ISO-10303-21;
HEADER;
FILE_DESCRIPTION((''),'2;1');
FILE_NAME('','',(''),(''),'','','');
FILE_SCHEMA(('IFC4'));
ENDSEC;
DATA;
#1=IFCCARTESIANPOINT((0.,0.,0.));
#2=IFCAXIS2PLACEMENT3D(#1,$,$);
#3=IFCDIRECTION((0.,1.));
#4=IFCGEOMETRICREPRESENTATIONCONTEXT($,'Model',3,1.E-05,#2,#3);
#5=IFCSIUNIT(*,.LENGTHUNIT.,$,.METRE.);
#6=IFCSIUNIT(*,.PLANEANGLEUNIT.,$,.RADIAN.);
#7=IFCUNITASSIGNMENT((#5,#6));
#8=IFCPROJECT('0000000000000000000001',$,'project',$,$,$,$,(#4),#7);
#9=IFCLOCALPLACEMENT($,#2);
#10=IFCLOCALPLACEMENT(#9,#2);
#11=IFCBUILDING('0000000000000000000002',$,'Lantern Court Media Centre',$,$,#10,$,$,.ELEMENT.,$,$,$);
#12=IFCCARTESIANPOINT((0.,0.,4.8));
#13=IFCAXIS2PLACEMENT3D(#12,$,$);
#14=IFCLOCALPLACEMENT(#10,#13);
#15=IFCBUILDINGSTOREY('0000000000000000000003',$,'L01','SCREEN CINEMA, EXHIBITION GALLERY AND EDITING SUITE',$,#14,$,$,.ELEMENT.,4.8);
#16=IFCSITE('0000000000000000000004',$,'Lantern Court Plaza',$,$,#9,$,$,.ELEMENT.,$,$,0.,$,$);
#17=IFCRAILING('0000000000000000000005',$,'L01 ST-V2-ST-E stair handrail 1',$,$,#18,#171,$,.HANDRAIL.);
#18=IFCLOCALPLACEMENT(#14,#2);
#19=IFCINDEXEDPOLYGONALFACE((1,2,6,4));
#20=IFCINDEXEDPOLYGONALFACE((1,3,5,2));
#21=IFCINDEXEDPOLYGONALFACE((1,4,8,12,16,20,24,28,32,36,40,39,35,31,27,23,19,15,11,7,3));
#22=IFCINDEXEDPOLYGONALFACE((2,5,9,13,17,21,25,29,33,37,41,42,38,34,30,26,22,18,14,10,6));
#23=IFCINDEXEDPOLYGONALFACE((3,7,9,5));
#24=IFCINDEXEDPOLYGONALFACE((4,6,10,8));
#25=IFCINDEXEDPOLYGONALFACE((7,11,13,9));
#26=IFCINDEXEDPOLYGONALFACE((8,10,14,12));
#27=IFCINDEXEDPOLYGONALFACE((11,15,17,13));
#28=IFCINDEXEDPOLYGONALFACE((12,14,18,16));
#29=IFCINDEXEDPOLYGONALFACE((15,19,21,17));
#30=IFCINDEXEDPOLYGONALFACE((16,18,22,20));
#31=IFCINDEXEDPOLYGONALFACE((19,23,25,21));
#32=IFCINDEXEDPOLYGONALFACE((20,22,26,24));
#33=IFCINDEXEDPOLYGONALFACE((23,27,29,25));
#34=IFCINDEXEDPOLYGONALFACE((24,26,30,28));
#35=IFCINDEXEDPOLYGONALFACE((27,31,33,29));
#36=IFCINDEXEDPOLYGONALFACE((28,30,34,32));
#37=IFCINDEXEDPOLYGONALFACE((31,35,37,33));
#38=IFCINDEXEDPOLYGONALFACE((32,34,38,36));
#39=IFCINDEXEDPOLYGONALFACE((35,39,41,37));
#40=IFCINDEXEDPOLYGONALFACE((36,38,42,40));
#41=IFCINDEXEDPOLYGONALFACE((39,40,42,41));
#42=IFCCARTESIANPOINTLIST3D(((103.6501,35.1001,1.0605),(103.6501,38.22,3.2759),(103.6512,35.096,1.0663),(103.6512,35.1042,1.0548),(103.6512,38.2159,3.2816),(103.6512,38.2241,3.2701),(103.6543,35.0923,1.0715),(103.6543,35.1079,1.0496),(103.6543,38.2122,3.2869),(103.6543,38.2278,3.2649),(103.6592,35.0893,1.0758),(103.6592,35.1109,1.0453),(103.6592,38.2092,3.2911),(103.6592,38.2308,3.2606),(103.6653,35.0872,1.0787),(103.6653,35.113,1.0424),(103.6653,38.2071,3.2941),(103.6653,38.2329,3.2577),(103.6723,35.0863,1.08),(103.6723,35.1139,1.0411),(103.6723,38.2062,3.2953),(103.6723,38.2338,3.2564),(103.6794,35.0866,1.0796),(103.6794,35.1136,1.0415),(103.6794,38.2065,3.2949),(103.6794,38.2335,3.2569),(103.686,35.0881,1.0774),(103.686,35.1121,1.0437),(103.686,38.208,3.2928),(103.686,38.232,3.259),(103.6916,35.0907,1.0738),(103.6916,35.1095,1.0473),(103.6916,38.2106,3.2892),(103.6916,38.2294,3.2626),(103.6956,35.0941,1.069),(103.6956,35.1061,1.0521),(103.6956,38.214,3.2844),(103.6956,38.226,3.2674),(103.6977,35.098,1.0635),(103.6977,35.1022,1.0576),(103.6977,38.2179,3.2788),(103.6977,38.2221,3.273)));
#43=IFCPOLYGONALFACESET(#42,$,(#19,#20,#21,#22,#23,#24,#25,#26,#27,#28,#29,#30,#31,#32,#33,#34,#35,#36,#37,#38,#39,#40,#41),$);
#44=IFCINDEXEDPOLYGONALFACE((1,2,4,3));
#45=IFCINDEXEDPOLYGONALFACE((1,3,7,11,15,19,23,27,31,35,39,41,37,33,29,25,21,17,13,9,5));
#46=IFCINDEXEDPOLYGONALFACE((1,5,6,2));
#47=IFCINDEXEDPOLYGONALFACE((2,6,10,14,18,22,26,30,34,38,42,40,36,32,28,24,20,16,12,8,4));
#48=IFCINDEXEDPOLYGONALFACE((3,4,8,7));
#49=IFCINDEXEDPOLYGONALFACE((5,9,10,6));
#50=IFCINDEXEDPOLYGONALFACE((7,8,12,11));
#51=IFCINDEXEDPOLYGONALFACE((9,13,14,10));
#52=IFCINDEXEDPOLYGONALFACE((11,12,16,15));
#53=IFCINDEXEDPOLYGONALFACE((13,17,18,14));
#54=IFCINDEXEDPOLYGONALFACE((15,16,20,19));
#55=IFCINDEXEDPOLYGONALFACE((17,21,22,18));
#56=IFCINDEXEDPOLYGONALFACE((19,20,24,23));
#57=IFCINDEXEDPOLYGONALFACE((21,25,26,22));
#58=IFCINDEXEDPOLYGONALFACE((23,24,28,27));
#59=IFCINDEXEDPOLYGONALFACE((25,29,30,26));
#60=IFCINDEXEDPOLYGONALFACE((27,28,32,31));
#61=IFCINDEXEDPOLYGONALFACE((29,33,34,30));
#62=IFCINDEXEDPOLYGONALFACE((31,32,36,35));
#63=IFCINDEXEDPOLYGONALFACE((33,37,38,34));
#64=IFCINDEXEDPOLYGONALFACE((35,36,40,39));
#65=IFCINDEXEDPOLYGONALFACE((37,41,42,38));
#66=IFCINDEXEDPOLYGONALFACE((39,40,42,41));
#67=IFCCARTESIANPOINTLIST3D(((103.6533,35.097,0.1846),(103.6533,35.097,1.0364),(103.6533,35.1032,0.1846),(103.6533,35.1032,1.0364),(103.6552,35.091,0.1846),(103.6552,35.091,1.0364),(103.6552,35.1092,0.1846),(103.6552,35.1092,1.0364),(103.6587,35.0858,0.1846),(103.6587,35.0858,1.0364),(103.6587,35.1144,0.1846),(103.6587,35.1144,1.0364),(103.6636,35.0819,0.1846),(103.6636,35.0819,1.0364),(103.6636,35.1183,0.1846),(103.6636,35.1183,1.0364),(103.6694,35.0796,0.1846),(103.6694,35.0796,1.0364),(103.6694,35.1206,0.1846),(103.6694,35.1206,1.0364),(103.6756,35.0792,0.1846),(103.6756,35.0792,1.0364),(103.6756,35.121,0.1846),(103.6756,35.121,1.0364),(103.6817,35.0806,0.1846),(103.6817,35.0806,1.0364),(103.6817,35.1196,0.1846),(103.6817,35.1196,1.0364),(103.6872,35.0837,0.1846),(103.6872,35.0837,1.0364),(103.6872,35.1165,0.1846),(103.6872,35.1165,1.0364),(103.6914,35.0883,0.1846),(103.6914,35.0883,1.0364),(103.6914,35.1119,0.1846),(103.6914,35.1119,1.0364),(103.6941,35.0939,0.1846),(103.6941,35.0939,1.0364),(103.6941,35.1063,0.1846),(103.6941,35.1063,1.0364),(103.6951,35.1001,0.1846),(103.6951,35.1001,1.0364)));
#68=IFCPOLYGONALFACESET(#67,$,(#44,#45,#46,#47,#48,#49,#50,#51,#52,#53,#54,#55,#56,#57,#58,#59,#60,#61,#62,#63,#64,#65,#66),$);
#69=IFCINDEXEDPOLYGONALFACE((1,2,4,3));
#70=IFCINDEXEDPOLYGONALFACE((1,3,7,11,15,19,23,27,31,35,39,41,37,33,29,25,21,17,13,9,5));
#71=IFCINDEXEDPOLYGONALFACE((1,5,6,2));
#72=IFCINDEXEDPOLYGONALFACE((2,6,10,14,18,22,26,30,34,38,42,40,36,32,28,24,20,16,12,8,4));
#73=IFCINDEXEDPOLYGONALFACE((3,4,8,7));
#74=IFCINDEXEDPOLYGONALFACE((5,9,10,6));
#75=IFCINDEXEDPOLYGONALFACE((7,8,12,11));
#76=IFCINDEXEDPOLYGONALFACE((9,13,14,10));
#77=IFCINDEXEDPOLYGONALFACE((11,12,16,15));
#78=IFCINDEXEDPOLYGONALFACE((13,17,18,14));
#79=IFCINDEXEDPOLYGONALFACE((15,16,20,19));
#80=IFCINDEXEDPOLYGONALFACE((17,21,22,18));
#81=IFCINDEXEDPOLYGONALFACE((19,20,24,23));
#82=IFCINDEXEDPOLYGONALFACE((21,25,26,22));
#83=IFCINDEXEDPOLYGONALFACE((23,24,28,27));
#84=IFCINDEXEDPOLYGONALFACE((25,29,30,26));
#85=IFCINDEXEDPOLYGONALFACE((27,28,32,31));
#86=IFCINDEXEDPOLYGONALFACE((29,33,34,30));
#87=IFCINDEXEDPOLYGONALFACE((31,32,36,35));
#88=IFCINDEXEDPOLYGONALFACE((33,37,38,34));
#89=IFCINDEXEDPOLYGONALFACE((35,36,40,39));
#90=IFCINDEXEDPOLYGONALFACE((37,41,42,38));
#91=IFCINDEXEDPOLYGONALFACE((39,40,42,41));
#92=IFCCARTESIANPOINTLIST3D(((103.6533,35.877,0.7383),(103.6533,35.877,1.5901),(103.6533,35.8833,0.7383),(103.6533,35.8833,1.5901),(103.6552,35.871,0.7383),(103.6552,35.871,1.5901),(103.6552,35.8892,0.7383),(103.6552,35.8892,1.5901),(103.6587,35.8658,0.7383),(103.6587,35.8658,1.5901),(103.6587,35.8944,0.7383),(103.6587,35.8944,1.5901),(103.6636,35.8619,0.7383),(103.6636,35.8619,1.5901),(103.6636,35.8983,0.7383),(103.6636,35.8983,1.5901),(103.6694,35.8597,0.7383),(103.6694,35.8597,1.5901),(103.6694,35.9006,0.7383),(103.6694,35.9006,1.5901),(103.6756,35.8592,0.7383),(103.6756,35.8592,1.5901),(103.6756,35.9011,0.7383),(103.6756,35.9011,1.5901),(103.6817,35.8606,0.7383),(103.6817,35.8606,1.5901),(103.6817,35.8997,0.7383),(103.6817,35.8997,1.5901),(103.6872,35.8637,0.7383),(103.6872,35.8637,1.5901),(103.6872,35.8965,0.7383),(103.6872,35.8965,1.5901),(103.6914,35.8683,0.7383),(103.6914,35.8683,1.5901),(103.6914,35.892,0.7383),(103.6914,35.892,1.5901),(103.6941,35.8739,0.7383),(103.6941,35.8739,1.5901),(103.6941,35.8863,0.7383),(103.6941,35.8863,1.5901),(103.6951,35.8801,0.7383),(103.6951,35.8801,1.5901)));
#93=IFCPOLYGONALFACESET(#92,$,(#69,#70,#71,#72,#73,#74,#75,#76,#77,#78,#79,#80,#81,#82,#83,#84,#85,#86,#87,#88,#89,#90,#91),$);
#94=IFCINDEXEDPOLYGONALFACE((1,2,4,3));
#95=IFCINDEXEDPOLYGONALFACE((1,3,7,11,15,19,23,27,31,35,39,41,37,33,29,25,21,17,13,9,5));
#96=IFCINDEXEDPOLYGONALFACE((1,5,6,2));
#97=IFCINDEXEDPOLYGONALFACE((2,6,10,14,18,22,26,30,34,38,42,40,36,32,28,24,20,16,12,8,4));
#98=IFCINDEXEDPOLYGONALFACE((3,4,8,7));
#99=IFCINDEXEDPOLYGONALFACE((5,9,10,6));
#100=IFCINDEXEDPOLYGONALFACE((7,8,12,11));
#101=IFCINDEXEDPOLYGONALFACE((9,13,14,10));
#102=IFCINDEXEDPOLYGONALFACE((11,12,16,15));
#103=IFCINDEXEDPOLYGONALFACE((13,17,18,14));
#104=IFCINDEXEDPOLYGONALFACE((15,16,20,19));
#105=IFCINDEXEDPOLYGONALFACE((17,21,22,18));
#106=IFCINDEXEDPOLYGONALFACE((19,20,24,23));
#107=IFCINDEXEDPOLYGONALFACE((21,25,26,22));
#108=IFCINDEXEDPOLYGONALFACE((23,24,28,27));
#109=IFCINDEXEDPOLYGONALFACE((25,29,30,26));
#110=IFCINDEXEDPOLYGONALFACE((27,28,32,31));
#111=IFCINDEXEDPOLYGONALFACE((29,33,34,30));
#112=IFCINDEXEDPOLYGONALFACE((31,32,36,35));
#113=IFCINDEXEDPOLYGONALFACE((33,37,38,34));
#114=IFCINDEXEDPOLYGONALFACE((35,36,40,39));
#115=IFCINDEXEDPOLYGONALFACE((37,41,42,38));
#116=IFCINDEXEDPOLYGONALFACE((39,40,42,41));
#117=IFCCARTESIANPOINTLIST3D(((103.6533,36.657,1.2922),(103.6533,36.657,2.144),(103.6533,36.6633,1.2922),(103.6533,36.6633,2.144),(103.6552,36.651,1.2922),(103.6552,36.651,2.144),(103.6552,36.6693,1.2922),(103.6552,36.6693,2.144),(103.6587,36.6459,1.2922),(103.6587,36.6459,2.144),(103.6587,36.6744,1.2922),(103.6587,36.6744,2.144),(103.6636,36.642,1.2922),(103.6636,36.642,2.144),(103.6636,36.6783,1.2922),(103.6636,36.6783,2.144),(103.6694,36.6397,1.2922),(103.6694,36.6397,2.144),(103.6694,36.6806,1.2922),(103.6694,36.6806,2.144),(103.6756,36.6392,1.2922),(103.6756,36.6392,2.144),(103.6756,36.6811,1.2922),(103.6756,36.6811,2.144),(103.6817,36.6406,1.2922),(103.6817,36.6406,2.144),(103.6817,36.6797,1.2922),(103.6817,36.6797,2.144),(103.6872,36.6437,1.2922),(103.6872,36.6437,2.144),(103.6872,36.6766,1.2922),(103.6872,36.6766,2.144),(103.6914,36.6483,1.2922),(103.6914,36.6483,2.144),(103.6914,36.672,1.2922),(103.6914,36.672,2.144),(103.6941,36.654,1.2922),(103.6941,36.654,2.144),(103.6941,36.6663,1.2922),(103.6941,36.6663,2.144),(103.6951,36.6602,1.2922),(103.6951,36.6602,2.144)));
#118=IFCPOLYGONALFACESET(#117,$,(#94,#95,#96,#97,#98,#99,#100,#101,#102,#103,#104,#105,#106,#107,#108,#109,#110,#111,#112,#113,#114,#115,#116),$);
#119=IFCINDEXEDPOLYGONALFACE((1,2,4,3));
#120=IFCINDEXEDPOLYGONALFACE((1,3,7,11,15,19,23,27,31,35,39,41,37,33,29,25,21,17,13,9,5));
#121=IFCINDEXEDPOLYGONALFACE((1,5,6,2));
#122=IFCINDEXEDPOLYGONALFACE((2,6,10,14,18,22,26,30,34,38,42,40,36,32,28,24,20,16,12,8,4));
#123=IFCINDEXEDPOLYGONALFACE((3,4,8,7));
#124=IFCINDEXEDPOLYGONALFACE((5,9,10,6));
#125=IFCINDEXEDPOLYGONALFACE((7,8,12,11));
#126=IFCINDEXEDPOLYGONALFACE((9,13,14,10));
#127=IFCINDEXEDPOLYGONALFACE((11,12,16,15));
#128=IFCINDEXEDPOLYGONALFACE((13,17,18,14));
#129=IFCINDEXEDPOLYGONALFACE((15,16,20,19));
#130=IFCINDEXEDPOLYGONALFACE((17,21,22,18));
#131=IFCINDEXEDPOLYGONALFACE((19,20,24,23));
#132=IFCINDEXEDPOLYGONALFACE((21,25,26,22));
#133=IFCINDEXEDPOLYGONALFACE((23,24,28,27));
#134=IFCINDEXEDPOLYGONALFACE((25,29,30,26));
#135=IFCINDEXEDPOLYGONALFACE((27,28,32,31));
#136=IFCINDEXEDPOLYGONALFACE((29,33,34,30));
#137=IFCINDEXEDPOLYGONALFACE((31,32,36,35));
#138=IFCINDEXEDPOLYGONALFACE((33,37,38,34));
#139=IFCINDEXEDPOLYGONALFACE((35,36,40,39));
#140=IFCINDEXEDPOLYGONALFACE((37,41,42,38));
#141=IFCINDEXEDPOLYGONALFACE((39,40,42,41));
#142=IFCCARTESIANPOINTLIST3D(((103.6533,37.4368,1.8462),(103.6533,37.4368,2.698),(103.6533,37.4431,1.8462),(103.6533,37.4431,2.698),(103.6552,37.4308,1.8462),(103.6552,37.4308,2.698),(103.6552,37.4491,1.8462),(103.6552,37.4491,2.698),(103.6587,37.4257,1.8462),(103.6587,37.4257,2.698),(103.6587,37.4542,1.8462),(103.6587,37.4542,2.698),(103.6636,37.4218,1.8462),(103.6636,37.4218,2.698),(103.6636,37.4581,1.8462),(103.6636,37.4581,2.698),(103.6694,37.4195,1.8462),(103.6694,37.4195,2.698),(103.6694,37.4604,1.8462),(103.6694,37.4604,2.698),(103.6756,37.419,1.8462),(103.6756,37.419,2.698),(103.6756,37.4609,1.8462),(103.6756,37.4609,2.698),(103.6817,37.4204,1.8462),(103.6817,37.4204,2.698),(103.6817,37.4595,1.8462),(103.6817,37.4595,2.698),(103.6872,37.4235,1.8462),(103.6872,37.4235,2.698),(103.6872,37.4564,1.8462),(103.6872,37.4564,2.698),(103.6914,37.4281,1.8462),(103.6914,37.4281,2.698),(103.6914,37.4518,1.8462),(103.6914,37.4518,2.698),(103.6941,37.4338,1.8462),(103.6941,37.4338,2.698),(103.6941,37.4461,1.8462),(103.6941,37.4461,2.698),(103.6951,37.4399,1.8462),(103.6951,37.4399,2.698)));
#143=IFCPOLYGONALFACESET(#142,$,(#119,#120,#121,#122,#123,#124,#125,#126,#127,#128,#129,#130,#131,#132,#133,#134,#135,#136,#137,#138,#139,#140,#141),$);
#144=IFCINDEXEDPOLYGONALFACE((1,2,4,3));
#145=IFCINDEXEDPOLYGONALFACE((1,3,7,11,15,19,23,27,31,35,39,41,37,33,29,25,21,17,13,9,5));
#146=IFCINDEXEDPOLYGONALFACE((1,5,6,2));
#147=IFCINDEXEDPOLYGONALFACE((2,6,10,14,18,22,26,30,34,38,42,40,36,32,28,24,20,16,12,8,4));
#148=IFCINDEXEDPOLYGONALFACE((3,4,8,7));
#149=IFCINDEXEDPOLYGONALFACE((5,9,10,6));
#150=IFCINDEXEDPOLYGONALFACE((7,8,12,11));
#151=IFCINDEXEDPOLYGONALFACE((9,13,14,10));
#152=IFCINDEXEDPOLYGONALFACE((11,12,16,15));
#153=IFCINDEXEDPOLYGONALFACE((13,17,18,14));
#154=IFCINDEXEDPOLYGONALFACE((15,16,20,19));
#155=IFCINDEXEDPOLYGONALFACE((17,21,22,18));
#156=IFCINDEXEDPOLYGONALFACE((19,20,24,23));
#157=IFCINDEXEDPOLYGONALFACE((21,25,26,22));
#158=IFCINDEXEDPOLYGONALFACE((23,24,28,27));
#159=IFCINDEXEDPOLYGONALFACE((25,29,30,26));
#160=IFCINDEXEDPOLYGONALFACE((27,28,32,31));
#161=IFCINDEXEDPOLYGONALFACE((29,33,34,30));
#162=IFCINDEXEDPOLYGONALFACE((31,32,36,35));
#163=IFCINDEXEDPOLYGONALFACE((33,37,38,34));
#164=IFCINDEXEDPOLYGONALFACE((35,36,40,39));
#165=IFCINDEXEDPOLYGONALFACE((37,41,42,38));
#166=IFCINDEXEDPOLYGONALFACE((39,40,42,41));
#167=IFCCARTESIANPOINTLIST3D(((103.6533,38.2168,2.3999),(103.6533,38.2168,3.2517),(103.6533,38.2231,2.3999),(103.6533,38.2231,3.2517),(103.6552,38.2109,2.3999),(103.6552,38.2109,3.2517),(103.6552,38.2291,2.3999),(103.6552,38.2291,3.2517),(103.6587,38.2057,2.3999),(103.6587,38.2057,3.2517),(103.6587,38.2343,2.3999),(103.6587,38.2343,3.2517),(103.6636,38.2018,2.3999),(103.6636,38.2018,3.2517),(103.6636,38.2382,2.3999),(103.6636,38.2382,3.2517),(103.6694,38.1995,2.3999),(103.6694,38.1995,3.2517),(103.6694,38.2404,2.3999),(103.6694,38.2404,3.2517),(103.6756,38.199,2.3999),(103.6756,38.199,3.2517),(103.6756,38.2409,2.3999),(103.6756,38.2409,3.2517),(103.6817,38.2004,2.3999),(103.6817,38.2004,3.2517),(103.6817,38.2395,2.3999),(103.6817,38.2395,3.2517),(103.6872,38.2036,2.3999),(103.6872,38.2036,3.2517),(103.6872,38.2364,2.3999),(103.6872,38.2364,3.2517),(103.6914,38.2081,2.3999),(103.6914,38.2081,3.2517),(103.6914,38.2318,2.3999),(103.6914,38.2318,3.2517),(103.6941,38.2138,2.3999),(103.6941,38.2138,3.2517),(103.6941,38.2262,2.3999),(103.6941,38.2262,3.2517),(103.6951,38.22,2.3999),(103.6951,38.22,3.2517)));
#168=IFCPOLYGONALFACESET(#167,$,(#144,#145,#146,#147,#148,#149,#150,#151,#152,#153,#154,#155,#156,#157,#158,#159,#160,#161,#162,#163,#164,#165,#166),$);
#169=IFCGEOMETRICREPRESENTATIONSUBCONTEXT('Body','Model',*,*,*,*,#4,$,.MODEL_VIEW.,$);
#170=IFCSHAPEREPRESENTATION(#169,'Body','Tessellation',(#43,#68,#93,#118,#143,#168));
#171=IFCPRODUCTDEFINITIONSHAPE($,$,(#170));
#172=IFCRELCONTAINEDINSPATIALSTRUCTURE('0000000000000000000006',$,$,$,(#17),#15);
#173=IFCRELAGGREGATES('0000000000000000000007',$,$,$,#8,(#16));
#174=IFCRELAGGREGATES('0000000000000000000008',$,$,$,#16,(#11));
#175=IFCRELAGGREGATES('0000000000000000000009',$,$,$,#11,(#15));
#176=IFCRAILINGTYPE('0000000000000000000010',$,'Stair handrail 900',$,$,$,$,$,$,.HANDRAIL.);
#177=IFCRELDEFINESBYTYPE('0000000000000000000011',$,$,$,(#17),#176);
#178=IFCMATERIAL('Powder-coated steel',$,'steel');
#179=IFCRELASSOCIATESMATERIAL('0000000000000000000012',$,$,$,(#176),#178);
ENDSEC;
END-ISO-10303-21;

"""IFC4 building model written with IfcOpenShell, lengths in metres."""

from ifc_helpers import new_model, si_unit, direction, frame, origin, origin_2d, place, context, subcontext, project, spatial, circle, extrude, material, type_object, element, save


model = new_model("IFC4")

# Units and contexts
model_context = context("Model", 3, precision=1e-05, world=origin(), true_north=direction((0.0, 1.0)))
body_context = subcontext(model_context, "Body", "Model", "MODEL_VIEW")
ifc_project = project(units=[si_unit("LENGTHUNIT", "METRE"), si_unit("PLANEANGLEUNIT", "RADIAN")], contexts=[model_context])

# Site, building, storey
site_placement = place(None, origin())
site = spatial("IfcSite", under=ifc_project, at=site_placement, Name="Lantern Court Plaza", CompositionType="ELEMENT", RefElevation=0.0)
building_placement = place(site_placement, origin())
building = spatial("IfcBuilding", under=site, at=building_placement, Name="Lantern Court Media Centre", CompositionType="ELEMENT")
storey_placement = place(building_placement, frame((0.0, 0.0, 4.8)))
storey = spatial("IfcBuildingStorey", under=building, at=storey_placement, Name="L01", Description="SCREEN CINEMA, EXHIBITION GALLERY AND EDITING SUITE", CompositionType="ELEMENT", Elevation=4.8)

# Railing
ifc_material_1 = material(Name="Powder-coated steel", Category="steel")
railing_type_1 = type_object("IfcRailingType", Name="Stair handrail 900", PredefinedType="HANDRAIL", material=ifc_material_1)
railing_1_placement = place(storey_placement, frame((103.6741, 35.1001, 0.1846)))
element("IfcRailing", 1, at=railing_1_placement, inside=storey, type_object=railing_type_1, Name="L01 ST-V2-ST-E stair handrail 1", PredefinedType="HANDRAIL", context=body_context, shape_type="SweptSolid", body=[
    extrude(circle(Radius=0.0239, at=origin_2d()), frame((0.0, 0.0, 0.876), z_axis=(0.0, 0.815356, 0.578961), x_axis=(-1.0, 0.0, 0.0)), (0.0, 0.0, 1.0), 3.8264),
    extrude(circle(Radius=0.021, at=origin_2d()), origin(), (0.0, 0.0, 1.0), 0.8518),
    extrude(circle(Radius=0.021, at=origin_2d()), frame((0.0, 0.78, 0.5537)), (0.0, 0.0, 1.0), 0.8518),
    extrude(circle(Radius=0.021, at=origin_2d()), frame((0.0, 1.5601, 1.1077)), (0.0, 0.0, 1.0), 0.8518),
    extrude(circle(Radius=0.021, at=origin_2d()), frame((0.0, 2.3398, 1.6616)), (0.0, 0.0, 1.0), 0.8518),
    extrude(circle(Radius=0.021, at=origin_2d()), frame((0.0, 3.1199, 2.2153)), (0.0, 0.0, 1.0), 0.8518),
])

save(model, "model.ifc")
